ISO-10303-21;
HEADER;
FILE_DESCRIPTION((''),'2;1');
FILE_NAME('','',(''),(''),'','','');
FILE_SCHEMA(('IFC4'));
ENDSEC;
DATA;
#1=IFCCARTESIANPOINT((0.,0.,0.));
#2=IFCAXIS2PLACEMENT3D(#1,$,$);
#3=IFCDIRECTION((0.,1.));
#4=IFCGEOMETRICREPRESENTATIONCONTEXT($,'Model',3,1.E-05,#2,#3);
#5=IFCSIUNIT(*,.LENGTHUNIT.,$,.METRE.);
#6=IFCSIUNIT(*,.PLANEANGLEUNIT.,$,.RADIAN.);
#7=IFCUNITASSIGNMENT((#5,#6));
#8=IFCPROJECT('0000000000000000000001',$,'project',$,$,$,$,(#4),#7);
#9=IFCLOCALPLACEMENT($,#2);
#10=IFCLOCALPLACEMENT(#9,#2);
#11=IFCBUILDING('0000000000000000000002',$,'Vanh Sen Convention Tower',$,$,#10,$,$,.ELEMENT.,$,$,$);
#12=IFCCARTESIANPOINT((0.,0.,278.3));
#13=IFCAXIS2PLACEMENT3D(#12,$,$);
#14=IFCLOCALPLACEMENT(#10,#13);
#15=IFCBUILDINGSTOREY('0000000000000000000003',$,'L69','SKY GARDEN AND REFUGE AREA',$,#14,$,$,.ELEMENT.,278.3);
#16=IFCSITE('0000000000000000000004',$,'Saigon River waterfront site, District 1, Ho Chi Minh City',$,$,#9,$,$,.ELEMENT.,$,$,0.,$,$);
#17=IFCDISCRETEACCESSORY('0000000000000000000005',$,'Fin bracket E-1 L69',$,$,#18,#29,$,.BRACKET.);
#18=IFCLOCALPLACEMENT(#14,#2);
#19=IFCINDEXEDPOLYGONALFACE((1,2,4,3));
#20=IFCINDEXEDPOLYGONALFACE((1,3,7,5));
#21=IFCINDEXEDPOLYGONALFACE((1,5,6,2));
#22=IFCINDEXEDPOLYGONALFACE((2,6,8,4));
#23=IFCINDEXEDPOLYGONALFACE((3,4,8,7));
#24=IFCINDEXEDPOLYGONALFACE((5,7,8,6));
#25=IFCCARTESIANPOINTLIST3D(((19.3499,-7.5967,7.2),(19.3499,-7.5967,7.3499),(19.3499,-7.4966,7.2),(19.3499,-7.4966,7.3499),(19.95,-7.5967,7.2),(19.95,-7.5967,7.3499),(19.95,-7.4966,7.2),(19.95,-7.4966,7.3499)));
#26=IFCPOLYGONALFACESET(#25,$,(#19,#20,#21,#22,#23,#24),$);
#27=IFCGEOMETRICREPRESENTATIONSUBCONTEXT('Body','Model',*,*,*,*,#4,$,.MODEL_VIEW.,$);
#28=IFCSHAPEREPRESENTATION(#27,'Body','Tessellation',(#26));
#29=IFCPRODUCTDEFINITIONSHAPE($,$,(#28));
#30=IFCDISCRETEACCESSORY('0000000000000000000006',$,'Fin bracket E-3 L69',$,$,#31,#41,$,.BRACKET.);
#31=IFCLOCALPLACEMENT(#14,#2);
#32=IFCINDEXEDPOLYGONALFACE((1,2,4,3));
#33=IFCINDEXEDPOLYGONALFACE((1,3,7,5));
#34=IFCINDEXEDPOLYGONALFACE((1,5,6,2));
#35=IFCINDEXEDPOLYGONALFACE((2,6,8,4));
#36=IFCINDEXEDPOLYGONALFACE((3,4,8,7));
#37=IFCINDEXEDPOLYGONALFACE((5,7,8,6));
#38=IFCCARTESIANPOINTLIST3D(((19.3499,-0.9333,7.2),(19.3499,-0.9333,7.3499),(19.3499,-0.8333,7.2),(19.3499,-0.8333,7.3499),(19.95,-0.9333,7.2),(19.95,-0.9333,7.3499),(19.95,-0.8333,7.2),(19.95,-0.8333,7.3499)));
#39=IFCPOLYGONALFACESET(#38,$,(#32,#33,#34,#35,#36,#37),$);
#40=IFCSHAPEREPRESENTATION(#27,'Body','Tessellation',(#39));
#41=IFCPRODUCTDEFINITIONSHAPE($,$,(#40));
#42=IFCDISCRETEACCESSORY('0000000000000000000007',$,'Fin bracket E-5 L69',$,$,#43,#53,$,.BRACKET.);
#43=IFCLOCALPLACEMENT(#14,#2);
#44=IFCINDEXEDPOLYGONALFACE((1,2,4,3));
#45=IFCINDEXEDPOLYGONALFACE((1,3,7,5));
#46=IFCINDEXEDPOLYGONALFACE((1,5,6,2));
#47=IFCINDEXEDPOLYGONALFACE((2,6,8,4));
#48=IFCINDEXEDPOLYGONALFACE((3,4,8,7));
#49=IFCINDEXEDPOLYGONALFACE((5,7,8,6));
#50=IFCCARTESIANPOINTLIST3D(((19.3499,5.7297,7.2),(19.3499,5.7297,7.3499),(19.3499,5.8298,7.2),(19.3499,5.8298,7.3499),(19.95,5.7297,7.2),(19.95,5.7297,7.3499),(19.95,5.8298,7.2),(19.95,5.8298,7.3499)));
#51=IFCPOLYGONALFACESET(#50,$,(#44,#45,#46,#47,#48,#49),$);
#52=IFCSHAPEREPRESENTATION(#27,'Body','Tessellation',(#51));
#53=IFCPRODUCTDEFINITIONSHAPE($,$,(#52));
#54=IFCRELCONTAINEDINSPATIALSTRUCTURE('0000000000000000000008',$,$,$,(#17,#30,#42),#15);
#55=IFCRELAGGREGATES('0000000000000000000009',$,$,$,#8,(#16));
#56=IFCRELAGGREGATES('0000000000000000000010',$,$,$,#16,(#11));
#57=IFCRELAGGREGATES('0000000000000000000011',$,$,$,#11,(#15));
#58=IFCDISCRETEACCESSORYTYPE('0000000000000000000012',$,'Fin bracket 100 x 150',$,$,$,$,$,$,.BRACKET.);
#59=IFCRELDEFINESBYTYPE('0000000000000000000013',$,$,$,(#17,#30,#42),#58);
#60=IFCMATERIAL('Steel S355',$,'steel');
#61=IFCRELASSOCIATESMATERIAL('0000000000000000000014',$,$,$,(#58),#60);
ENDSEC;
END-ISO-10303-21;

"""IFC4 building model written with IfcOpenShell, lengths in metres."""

from ifc_helpers import new_model, si_unit, direction, frame, origin, origin_2d, place, context, subcontext, project, spatial, rectangle, extrude, material, type_object, element, save


model = new_model("IFC4")

# Units and contexts
model_context = context("Model", 3, precision=1e-05, world=origin(), true_north=direction((0.0, 1.0)))
body_context = subcontext(model_context, "Body", "Model", "MODEL_VIEW")
ifc_project = project(units=[si_unit("LENGTHUNIT", "METRE"), si_unit("PLANEANGLEUNIT", "RADIAN")], contexts=[model_context])

# Site, building, storey
site_placement = place(None, origin())
site = spatial("IfcSite", under=ifc_project, at=site_placement, Name="Saigon River waterfront site, District 1, Ho Chi Minh City", CompositionType="ELEMENT", RefElevation=0.0)
building_placement = place(site_placement, origin())
building = spatial("IfcBuilding", under=site, at=building_placement, Name="Vanh Sen Convention Tower", CompositionType="ELEMENT")
storey_placement = place(building_placement, frame((0.0, 0.0, 278.3)))
storey = spatial("IfcBuildingStorey", under=building, at=storey_placement, Name="L69", Description="SKY GARDEN AND REFUGE AREA", CompositionType="ELEMENT", Elevation=278.3)

# Discrete accessories
ifc_material_1 = material(Name="Steel S355", Category="steel")
discrete_accessory_type = type_object("IfcDiscreteAccessoryType", Name="Fin bracket 100 x 150", PredefinedType="BRACKET", material=ifc_material_1)
for number, where, z_axis, x_axis, name in (
    (1, (19.6499, -7.5466, 7.2), (0.0, 0.0, 1.0), (1.0, 0.0, 0.0), "Fin bracket E-1 L69"),
    (2, (19.6499, -0.8833, 7.2), (0.0, 0.0, 1.0), (1.0, 0.0, 0.0), "Fin bracket E-3 L69"),
    (3, (19.6499, 5.7798, 7.2), (0.0, 0.0, 1.0), (1.0, 0.0, 0.0), "Fin bracket E-5 L69"),
):
    element("IfcDiscreteAccessory", number, at=place(storey_placement, frame(where, z_axis=z_axis, x_axis=x_axis)), inside=storey, type_object=discrete_accessory_type, Name=name, PredefinedType="BRACKET", context=body_context, shape_type="SweptSolid", body=[
        extrude(rectangle(XDim=0.6001, YDim=0.1001, at=origin_2d()), origin(), (0.0, 0.0, 1.0), 0.1499),
    ])

save(model, "model.ifc")
